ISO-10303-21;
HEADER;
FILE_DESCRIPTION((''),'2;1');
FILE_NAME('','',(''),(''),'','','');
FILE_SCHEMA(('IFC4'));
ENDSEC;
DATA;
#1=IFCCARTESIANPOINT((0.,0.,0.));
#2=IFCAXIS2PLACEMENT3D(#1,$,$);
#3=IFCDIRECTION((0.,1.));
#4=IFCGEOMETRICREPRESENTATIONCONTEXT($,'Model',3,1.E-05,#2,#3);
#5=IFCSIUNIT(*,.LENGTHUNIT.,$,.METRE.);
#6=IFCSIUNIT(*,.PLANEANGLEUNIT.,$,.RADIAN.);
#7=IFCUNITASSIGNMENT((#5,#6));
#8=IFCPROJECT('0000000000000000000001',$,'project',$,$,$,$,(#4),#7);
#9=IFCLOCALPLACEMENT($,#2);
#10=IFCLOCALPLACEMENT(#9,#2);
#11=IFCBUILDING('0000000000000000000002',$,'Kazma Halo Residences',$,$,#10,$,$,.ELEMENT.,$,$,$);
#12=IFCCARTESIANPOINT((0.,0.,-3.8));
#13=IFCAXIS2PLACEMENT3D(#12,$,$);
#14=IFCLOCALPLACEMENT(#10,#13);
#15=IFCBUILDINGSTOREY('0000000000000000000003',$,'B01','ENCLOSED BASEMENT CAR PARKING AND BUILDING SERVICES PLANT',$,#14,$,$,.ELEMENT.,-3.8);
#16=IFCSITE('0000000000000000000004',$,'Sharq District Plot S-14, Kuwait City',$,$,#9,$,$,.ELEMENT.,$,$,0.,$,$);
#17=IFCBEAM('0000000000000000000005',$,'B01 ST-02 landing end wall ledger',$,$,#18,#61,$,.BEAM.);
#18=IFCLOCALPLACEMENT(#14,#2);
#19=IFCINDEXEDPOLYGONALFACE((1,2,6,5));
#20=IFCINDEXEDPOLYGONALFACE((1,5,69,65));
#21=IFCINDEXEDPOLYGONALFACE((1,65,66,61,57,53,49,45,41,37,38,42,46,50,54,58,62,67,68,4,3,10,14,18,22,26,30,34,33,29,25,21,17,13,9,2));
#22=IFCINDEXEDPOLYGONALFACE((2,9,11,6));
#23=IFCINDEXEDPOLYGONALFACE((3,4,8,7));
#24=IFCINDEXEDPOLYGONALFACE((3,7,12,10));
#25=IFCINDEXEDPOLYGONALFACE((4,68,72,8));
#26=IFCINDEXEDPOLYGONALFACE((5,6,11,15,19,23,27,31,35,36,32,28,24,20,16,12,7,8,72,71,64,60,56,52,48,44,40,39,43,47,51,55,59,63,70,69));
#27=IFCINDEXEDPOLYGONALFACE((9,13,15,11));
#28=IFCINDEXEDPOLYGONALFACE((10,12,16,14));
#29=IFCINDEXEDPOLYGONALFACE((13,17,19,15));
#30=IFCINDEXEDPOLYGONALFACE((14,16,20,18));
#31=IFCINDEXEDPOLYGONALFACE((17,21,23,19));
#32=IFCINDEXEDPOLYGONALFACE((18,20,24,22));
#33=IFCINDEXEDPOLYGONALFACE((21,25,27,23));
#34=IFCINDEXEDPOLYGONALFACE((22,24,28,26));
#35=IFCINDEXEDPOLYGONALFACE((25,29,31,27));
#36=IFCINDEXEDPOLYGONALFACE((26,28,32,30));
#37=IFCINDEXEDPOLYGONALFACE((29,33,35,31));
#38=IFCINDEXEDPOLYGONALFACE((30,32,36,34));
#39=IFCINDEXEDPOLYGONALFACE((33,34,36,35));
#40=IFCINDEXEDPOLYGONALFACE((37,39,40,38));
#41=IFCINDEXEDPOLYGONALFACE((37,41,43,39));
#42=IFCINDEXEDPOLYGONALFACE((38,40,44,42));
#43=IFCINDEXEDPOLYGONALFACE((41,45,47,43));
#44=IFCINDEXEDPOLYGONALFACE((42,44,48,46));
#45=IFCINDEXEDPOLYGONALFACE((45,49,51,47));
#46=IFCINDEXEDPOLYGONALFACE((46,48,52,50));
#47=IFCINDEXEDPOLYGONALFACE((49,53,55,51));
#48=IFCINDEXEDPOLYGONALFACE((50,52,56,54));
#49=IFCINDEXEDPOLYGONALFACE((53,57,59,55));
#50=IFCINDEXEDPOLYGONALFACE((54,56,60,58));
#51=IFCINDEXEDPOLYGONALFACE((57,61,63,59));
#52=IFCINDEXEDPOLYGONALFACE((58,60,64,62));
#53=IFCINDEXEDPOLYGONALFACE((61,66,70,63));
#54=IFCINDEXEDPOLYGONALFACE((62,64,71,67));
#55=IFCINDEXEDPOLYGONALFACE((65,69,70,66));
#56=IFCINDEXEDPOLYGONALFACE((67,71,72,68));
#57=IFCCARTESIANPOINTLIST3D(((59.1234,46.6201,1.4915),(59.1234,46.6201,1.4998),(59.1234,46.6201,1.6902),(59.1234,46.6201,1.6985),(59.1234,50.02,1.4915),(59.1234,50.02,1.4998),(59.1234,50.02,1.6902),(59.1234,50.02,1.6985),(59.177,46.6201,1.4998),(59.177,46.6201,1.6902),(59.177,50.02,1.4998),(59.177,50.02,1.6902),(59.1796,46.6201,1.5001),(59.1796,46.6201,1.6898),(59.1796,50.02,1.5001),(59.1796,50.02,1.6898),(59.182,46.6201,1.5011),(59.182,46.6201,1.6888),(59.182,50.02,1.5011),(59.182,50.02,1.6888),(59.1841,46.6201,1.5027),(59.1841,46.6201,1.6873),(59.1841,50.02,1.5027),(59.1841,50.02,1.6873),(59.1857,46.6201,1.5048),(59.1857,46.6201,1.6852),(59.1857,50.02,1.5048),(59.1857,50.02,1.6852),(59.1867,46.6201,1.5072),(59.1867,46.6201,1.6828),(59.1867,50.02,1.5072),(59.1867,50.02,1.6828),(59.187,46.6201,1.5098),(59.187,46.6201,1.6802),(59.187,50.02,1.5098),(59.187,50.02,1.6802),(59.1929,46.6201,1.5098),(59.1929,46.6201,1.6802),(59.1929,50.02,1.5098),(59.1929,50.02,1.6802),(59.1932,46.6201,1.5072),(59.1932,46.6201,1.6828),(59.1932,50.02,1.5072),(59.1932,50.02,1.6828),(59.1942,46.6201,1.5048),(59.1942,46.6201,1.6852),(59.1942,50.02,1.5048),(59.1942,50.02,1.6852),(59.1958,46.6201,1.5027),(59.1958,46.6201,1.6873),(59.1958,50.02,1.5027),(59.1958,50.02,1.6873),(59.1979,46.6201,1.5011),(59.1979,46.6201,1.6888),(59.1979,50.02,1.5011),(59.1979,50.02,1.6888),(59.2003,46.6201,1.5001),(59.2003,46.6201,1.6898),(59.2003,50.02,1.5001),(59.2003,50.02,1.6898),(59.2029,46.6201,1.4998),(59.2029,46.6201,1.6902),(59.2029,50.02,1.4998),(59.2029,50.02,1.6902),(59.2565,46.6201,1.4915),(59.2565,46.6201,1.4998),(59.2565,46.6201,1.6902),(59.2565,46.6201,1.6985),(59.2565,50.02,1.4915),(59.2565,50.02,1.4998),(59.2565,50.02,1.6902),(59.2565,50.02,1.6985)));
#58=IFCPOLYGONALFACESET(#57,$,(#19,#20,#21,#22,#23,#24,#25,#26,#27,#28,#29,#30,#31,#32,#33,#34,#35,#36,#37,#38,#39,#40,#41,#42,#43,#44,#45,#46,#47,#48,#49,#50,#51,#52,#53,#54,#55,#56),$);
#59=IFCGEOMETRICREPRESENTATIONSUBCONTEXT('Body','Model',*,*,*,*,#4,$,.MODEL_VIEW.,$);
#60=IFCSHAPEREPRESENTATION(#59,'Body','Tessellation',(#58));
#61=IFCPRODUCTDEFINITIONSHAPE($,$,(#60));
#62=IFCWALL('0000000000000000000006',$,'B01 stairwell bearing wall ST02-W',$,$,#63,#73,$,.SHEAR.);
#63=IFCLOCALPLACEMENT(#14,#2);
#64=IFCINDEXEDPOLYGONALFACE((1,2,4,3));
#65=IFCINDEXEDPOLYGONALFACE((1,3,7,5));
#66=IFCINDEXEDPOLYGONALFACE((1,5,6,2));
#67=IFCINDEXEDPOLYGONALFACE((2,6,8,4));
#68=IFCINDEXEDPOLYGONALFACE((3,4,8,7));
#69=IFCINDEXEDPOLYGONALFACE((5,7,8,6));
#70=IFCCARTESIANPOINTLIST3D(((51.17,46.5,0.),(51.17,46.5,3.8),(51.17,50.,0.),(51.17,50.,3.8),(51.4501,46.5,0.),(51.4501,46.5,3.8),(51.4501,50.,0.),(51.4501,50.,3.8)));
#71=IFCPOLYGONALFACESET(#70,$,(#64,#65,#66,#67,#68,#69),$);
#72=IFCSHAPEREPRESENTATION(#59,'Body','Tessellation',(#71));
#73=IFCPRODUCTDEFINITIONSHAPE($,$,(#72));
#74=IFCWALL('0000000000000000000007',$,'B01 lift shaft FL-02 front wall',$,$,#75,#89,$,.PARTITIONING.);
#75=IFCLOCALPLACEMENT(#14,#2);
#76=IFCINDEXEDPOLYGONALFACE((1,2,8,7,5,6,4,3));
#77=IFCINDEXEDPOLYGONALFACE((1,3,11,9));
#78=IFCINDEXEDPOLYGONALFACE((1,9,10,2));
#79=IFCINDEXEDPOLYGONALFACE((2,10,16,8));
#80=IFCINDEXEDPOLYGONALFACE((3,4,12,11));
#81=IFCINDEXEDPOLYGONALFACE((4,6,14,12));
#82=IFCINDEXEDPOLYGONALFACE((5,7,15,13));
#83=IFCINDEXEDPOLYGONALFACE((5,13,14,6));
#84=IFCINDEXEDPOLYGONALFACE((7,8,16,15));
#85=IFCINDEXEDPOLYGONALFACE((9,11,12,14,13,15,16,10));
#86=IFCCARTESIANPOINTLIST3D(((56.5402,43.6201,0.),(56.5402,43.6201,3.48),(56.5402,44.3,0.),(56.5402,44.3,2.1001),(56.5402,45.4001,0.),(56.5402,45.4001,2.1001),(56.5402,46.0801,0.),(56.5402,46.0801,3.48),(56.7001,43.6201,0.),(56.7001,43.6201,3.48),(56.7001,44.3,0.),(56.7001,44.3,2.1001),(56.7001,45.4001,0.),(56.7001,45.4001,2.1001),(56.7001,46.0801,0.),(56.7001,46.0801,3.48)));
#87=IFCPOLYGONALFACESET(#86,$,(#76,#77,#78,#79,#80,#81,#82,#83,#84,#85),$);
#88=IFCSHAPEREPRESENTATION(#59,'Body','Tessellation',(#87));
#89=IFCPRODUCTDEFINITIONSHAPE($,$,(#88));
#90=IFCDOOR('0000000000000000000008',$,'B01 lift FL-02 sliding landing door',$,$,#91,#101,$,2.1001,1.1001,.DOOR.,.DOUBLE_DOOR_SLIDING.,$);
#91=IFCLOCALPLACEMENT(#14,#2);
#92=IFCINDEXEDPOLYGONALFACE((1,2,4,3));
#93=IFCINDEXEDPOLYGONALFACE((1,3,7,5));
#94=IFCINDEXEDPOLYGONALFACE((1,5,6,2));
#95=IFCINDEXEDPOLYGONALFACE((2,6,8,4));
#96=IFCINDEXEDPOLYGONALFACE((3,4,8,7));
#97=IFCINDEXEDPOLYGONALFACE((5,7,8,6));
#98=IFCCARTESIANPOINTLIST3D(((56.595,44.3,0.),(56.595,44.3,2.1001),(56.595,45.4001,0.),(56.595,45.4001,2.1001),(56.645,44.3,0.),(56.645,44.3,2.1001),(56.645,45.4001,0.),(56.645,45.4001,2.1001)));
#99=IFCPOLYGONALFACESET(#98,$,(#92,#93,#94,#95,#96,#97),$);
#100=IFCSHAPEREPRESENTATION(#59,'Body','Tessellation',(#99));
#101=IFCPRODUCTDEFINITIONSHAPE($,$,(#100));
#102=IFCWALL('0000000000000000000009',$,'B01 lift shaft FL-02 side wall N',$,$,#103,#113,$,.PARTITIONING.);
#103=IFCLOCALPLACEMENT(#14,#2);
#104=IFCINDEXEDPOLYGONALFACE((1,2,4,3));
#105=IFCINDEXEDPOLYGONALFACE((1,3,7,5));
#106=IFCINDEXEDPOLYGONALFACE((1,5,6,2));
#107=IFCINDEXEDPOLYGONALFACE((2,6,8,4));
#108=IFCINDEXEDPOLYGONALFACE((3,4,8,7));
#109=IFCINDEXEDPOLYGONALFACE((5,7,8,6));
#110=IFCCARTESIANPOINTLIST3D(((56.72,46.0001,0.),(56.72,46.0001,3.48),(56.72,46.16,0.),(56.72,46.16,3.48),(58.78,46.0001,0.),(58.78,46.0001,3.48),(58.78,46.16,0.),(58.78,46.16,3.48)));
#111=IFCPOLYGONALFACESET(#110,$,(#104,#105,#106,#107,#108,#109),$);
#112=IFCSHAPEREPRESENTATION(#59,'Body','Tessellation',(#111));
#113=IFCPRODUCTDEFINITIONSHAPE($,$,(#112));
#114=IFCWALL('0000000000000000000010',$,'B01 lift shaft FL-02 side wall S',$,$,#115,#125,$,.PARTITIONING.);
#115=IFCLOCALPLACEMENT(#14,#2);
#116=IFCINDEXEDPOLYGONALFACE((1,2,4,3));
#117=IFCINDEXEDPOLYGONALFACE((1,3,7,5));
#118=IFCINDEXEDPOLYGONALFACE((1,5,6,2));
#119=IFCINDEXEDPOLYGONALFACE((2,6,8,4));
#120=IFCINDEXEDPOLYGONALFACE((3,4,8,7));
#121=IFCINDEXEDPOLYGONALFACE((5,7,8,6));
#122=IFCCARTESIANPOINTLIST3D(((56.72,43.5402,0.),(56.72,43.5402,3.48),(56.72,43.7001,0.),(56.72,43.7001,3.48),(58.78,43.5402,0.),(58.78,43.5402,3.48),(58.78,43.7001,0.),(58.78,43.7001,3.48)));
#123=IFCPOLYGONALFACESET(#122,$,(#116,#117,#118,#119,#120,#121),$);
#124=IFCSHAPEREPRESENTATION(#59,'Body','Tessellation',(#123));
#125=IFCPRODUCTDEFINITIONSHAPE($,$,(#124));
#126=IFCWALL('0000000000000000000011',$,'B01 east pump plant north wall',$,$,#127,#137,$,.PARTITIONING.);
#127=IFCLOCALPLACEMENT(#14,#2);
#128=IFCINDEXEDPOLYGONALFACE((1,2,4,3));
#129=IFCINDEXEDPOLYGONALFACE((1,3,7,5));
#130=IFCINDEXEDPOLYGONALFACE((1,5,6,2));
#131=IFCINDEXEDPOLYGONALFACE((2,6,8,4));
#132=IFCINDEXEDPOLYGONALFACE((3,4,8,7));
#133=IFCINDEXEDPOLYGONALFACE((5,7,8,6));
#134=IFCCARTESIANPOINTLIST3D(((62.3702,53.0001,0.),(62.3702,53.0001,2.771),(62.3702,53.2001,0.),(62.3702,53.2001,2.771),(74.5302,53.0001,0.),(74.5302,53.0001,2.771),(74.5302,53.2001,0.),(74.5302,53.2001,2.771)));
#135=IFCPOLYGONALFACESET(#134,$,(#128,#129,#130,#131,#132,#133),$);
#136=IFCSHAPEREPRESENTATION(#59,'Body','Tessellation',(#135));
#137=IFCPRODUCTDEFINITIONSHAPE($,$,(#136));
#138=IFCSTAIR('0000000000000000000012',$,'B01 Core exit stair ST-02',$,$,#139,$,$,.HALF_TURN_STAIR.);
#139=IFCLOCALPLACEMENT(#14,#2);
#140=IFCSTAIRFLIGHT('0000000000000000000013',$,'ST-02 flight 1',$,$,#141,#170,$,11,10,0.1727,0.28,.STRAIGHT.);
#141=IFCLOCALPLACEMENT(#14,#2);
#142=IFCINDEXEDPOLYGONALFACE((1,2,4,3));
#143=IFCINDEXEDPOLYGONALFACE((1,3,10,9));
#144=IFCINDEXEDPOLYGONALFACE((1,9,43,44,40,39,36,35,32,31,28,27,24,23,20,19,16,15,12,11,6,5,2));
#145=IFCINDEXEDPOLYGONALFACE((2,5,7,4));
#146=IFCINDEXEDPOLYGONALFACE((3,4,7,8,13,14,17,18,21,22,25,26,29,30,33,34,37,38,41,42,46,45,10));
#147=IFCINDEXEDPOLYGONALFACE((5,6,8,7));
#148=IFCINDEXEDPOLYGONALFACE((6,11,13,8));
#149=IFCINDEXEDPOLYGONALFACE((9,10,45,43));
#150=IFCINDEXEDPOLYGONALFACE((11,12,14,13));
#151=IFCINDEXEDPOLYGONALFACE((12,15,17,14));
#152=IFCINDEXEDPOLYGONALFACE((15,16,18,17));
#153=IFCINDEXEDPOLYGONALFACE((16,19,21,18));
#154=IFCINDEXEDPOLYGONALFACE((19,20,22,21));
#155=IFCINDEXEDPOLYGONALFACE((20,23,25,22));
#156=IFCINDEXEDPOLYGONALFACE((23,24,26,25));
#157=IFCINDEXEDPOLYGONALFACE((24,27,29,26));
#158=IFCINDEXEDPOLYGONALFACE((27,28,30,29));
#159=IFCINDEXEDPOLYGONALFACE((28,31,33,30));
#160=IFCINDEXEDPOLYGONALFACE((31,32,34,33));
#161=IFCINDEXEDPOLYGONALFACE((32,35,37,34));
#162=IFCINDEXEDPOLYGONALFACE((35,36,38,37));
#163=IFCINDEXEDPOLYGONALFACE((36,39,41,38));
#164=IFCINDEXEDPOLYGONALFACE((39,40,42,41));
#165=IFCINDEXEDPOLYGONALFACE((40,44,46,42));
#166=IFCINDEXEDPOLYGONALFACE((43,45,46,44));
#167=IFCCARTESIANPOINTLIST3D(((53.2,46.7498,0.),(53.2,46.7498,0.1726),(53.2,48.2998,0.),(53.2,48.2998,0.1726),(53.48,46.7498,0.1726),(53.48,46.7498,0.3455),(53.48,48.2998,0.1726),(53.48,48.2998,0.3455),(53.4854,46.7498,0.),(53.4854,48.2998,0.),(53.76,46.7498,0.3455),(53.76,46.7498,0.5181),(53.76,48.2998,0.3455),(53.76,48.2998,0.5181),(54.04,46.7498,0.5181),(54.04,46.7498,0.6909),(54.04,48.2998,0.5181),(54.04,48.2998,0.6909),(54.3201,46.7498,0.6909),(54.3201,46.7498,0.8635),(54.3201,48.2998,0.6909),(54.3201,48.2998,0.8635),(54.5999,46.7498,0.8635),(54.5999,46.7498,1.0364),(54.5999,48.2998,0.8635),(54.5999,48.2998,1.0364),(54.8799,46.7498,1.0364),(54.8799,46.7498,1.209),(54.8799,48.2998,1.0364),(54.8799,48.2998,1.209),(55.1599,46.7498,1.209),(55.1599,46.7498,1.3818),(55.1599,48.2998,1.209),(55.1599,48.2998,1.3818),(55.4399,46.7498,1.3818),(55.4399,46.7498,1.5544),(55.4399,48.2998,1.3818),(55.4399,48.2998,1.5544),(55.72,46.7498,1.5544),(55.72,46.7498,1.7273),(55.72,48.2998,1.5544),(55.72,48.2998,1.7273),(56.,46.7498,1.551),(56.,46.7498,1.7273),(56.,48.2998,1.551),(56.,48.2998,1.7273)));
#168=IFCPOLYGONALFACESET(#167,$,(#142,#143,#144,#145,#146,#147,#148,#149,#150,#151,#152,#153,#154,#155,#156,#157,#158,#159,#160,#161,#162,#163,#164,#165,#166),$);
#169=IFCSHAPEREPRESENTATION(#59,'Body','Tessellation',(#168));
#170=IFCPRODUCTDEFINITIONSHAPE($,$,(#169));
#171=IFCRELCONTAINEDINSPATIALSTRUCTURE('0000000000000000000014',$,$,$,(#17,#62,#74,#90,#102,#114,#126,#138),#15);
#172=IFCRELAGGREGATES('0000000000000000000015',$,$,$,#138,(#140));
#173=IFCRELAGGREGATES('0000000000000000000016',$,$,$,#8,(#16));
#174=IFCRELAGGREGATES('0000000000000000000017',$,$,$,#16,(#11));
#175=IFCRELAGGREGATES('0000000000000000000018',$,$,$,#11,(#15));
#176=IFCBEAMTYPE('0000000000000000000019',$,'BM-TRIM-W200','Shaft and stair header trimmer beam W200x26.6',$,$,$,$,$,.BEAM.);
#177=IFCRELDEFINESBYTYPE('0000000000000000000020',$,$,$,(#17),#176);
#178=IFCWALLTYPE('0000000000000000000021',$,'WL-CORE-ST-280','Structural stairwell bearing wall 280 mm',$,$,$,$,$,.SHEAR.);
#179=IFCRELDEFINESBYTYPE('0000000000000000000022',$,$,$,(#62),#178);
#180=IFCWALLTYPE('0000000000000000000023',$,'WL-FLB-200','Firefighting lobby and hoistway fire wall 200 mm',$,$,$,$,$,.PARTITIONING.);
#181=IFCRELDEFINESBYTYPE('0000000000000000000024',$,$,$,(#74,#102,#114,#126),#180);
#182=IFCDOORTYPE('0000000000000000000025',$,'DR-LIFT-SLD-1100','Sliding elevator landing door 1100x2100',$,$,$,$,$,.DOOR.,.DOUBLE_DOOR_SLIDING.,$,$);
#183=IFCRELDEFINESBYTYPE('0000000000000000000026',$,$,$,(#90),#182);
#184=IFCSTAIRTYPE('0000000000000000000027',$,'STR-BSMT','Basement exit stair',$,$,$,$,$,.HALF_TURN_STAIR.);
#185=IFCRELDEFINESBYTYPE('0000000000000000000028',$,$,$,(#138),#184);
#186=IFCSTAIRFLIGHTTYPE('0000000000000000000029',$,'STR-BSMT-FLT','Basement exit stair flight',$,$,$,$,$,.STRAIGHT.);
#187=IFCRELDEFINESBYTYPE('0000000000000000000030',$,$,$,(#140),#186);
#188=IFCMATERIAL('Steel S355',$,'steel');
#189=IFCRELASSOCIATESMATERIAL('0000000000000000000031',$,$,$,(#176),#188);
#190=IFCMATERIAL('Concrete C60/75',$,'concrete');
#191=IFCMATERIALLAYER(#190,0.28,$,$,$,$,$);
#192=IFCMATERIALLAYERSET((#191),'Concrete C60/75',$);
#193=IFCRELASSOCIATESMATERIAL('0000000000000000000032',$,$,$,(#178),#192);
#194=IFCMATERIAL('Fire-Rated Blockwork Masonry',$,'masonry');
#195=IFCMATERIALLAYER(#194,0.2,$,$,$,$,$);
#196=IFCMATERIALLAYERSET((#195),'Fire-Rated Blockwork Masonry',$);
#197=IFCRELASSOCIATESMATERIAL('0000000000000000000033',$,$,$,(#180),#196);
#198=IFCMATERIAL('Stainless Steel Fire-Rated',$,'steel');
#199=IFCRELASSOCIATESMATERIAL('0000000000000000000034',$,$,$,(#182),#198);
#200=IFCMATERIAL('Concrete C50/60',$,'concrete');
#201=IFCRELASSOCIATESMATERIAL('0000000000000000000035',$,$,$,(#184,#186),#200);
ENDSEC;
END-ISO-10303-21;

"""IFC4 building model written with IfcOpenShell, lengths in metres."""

from ifc_helpers import new_model, si_unit, direction, frame, frame_2d, origin, origin_2d, place, context, subcontext, project, spatial, polyline, rectangle, i_section, outline, extrude, material, layer, layer_set, material_profile, profile_set, type_object, element, fill, aggregate, save


model = new_model("IFC4")

# Units and contexts
model_context = context("Model", 3, precision=1e-05, world=origin(), true_north=direction((0.0, 1.0)))
body_context = subcontext(model_context, "Body", "Model", "MODEL_VIEW")
ifc_project = project(units=[si_unit("LENGTHUNIT", "METRE"), si_unit("PLANEANGLEUNIT", "RADIAN")], contexts=[model_context])

# Site, building, storey
site_placement = place(None, origin())
site = spatial("IfcSite", under=ifc_project, at=site_placement, Name="Sharq District Plot S-14, Kuwait City", CompositionType="ELEMENT", RefElevation=0.0)
building_placement = place(site_placement, origin())
building = spatial("IfcBuilding", under=site, at=building_placement, Name="Kazma Halo Residences", CompositionType="ELEMENT")
storey_placement = place(building_placement, frame((0.0, 0.0, -3.8)))
storey = spatial("IfcBuildingStorey", under=building, at=storey_placement, Name="B01", Description="ENCLOSED BASEMENT CAR PARKING AND BUILDING SERVICES PLANT", CompositionType="ELEMENT", Elevation=-3.8)

# Shared definitions
ifc_material_1 = material(Name="Concrete C60/75", Category="concrete")
ifc_material_2 = material(Name="Steel S355", Category="steel")

# Beam
ifc_material_profile_1 = material_profile(ifc_material_2, i_section(OverallWidth=0.1331, OverallDepth=0.207, WebThickness=0.0059, FlangeThickness=0.0083, FilletRadius=0.01, at=origin_2d()), Name="W200x26.6")
ifc_profile_set_1 = profile_set([ifc_material_profile_1], Name="Steel S355")
beam_type_1 = type_object("IfcBeamType", Name="BM-TRIM-W200", Description="Shaft and stair header trimmer beam W200x26.6", PredefinedType="BEAM", material=ifc_profile_set_1)
beam_1_placement = place(storey_placement, frame((59.1899, 46.6201, 1.595), z_axis=(0.0, 1.0, 0.0), x_axis=(-1.0, 0.0, 0.0)))
element("IfcBeam", 1, at=beam_1_placement, inside=storey, type_object=beam_type_1, Name="B01 ST-02 landing end wall ledger", PredefinedType="BEAM", context=body_context, shape_type="SweptSolid", body=[
    extrude(i_section(OverallWidth=0.1331, OverallDepth=0.207, WebThickness=0.0059, FlangeThickness=0.0083, FilletRadius=0.01, at=origin_2d()), origin(), (0.0, 0.0, 1.0), 3.3999),
])

# Wall
ifc_layer_1 = layer(ifc_material_1, 0.28)
ifc_layer_set_1 = layer_set([ifc_layer_1], Name="Concrete C60/75")
wall_type_1 = type_object("IfcWallType", Name="WL-CORE-ST-280", Description="Structural stairwell bearing wall 280 mm", PredefinedType="SHEAR", material=ifc_layer_set_1)
wall_1_placement = place(storey_placement, frame((51.3101, 46.5, 0.0), z_axis=(0.0, 0.0, 1.0), x_axis=(0.0, 1.0, 0.0)))
element("IfcWall", 2, at=wall_1_placement, inside=storey, type_object=wall_type_1, Name="B01 stairwell bearing wall ST02-W", PredefinedType="SHEAR", context=body_context, shape_type="SweptSolid", body=[
    extrude(rectangle(XDim=3.5, YDim=0.28, at=frame_2d((1.75, 0.0))), origin(), (0.0, 0.0, 1.0), 3.8),
])

# Wall, opening, door
ifc_material_3 = material(Name="Fire-Rated Blockwork Masonry", Category="masonry")
ifc_layer_2 = layer(ifc_material_3, 0.2)
ifc_layer_set_2 = layer_set([ifc_layer_2], Name="Fire-Rated Blockwork Masonry")
wall_type_2 = type_object("IfcWallType", Name="WL-FLB-200", Description="Firefighting lobby and hoistway fire wall 200 mm", PredefinedType="PARTITIONING", material=ifc_layer_set_2)
wall_2_placement = place(storey_placement, frame((56.6201, 46.0801, 0.0), z_axis=(0.0, 0.0, 1.0), x_axis=(0.0, -1.0, 0.0)))
wall_2 = element("IfcWall", 3, at=wall_2_placement, inside=storey, type_object=wall_type_2, Name="B01 lift shaft FL-02 front wall", PredefinedType="PARTITIONING", context=body_context, shape_type="SweptSolid", body=[
    extrude(rectangle(XDim=2.46, YDim=0.1599, at=frame_2d((1.23, 0.0))), origin(), (0.0, 0.0, 1.0), 3.48),
])
opening_1_placement = place(wall_2_placement, frame((0.6799, 0.0, 0.0)))
opening_1 = element("IfcOpeningElement", 4, at=opening_1_placement, cuts=wall_2, PredefinedType="OPENING", context=body_context, shape_type="SweptSolid", body=[
    extrude(rectangle(XDim=1.1001, YDim=2.1001, at=frame_2d((0.55, 1.05))), frame((0.0, 0.0898, 0.0), z_axis=(0.0, -1.0, 0.0), x_axis=(1.0, 0.0, 0.0)), (0.0, 0.0, 1.0), 0.1799),
])
ifc_material_4 = material(Name="Stainless Steel Fire-Rated", Category="steel")
door_type_1 = type_object("IfcDoorType", Name="DR-LIFT-SLD-1100", Description="Sliding elevator landing door 1100x2100", OperationType="DOUBLE_DOOR_SLIDING", PredefinedType="DOOR", material=ifc_material_4)
door_1_placement = place(opening_1_placement, origin())
door_1 = element("IfcDoor", 5, at=door_1_placement, inside=storey, type_object=door_type_1, Name="B01 lift FL-02 sliding landing door", OperationType="DOUBLE_DOOR_SLIDING", OverallHeight=2.1001, OverallWidth=1.1001, PredefinedType="DOOR", context=body_context, shape_type="SweptSolid", body=[
    extrude(rectangle(XDim=1.1001, YDim=2.1001, at=frame_2d((0.55, 1.05))), frame((0.0, 0.0249, 0.0), z_axis=(0.0, -1.0, 0.0), x_axis=(1.0, 0.0, 0.0)), (0.0, 0.0, 1.0), 0.05),
])
fill(opening_1, door_1)

# Walls
for number, where, z_axis, x_axis, name in (
    (6, (56.72, 46.0801, 0.0), (0.0, 0.0, 1.0), (1.0, 0.0, 0.0), "B01 lift shaft FL-02 side wall N"),
    (7, (56.72, 43.6201, 0.0), (0.0, 0.0, 1.0), (1.0, 0.0, 0.0), "B01 lift shaft FL-02 side wall S"),
):
    element("IfcWall", number, at=place(storey_placement, frame(where, z_axis=z_axis, x_axis=x_axis)), inside=storey, type_object=wall_type_2, Name=name, PredefinedType="PARTITIONING", context=body_context, shape_type="SweptSolid", body=[
        extrude(rectangle(XDim=2.0601, YDim=0.1599, at=frame_2d((1.03, 0.0))), origin(), (0.0, 0.0, 1.0), 3.48),
    ])
wall_3_placement = place(storey_placement, frame((62.3701, 53.1001, 0.0), z_axis=(0.0, 0.0, 1.0), x_axis=(1.0, 0.0, 0.0)))
element("IfcWall", 8, at=wall_3_placement, inside=storey, type_object=wall_type_2, Name="B01 east pump plant north wall", PredefinedType="PARTITIONING", context=body_context, shape_type="SweptSolid", body=[
    extrude(rectangle(XDim=12.1599, YDim=0.2, at=frame_2d((6.0801, 0.0))), origin(), (0.0, 0.0, 1.0), 2.771),
])

# Shared definitions
ifc_material_5 = material(Name="Concrete C50/60", Category="concrete")

# Stair, stair flight
stair_type = type_object("IfcStairType", Name="STR-BSMT", Description="Basement exit stair", PredefinedType="HALF_TURN_STAIR", material=ifc_material_5)
stair_placement = place(storey_placement, origin())
stair = element("IfcStair", 9, at=stair_placement, inside=storey, type_object=stair_type, Name="B01 Core exit stair ST-02", PredefinedType="HALF_TURN_STAIR")
stair_flight_type = type_object("IfcStairFlightType", Name="STR-BSMT-FLT", Description="Basement exit stair flight", PredefinedType="STRAIGHT", material=ifc_material_5)
stair_flight_1_placement = place(storey_placement, frame((53.2, 47.5249, 0.0), z_axis=(0.0, 0.0, 1.0), x_axis=(1.0, 0.0, 0.0)))
stair_flight_1 = element("IfcStairFlight", 10, at=stair_flight_1_placement, type_object=stair_flight_type, Name="ST-02 flight 1", NumberOfRisers=11, NumberOfTreads=10, PredefinedType="STRAIGHT", RiserHeight=0.1727, TreadLength=0.28, context=body_context, shape_type="SweptSolid", body=[
    extrude(outline(polyline([(0.0, 0.0), (0.0, 0.1726), (0.28, 0.1726), (0.28, 0.3455), (0.5601, 0.3455), (0.5601, 0.5181), (0.8401, 0.5181), (0.8401, 0.6909), (1.1201, 0.6909), (1.1201, 0.8635), (1.3999, 0.8635), (1.3999, 1.0364), (1.6799, 1.0364), (1.6799, 1.209), (1.96, 1.209), (1.96, 1.3818), (2.24, 1.3818), (2.24, 1.5544), (2.52, 1.5544), (2.52, 1.7273), (2.8, 1.7273), (2.8, 1.8999), (2.8, 1.551), (0.2854, 0.0), (0.0, 0.0)])), frame((0.0, 0.7749, 0.0), z_axis=(0.0, -1.0, 0.0), x_axis=(1.0, 0.0, 0.0)), (0.0, 0.0, 1.0), 1.55),
])
aggregate(stair, [stair_flight_1])

save(model, "model.ifc")
